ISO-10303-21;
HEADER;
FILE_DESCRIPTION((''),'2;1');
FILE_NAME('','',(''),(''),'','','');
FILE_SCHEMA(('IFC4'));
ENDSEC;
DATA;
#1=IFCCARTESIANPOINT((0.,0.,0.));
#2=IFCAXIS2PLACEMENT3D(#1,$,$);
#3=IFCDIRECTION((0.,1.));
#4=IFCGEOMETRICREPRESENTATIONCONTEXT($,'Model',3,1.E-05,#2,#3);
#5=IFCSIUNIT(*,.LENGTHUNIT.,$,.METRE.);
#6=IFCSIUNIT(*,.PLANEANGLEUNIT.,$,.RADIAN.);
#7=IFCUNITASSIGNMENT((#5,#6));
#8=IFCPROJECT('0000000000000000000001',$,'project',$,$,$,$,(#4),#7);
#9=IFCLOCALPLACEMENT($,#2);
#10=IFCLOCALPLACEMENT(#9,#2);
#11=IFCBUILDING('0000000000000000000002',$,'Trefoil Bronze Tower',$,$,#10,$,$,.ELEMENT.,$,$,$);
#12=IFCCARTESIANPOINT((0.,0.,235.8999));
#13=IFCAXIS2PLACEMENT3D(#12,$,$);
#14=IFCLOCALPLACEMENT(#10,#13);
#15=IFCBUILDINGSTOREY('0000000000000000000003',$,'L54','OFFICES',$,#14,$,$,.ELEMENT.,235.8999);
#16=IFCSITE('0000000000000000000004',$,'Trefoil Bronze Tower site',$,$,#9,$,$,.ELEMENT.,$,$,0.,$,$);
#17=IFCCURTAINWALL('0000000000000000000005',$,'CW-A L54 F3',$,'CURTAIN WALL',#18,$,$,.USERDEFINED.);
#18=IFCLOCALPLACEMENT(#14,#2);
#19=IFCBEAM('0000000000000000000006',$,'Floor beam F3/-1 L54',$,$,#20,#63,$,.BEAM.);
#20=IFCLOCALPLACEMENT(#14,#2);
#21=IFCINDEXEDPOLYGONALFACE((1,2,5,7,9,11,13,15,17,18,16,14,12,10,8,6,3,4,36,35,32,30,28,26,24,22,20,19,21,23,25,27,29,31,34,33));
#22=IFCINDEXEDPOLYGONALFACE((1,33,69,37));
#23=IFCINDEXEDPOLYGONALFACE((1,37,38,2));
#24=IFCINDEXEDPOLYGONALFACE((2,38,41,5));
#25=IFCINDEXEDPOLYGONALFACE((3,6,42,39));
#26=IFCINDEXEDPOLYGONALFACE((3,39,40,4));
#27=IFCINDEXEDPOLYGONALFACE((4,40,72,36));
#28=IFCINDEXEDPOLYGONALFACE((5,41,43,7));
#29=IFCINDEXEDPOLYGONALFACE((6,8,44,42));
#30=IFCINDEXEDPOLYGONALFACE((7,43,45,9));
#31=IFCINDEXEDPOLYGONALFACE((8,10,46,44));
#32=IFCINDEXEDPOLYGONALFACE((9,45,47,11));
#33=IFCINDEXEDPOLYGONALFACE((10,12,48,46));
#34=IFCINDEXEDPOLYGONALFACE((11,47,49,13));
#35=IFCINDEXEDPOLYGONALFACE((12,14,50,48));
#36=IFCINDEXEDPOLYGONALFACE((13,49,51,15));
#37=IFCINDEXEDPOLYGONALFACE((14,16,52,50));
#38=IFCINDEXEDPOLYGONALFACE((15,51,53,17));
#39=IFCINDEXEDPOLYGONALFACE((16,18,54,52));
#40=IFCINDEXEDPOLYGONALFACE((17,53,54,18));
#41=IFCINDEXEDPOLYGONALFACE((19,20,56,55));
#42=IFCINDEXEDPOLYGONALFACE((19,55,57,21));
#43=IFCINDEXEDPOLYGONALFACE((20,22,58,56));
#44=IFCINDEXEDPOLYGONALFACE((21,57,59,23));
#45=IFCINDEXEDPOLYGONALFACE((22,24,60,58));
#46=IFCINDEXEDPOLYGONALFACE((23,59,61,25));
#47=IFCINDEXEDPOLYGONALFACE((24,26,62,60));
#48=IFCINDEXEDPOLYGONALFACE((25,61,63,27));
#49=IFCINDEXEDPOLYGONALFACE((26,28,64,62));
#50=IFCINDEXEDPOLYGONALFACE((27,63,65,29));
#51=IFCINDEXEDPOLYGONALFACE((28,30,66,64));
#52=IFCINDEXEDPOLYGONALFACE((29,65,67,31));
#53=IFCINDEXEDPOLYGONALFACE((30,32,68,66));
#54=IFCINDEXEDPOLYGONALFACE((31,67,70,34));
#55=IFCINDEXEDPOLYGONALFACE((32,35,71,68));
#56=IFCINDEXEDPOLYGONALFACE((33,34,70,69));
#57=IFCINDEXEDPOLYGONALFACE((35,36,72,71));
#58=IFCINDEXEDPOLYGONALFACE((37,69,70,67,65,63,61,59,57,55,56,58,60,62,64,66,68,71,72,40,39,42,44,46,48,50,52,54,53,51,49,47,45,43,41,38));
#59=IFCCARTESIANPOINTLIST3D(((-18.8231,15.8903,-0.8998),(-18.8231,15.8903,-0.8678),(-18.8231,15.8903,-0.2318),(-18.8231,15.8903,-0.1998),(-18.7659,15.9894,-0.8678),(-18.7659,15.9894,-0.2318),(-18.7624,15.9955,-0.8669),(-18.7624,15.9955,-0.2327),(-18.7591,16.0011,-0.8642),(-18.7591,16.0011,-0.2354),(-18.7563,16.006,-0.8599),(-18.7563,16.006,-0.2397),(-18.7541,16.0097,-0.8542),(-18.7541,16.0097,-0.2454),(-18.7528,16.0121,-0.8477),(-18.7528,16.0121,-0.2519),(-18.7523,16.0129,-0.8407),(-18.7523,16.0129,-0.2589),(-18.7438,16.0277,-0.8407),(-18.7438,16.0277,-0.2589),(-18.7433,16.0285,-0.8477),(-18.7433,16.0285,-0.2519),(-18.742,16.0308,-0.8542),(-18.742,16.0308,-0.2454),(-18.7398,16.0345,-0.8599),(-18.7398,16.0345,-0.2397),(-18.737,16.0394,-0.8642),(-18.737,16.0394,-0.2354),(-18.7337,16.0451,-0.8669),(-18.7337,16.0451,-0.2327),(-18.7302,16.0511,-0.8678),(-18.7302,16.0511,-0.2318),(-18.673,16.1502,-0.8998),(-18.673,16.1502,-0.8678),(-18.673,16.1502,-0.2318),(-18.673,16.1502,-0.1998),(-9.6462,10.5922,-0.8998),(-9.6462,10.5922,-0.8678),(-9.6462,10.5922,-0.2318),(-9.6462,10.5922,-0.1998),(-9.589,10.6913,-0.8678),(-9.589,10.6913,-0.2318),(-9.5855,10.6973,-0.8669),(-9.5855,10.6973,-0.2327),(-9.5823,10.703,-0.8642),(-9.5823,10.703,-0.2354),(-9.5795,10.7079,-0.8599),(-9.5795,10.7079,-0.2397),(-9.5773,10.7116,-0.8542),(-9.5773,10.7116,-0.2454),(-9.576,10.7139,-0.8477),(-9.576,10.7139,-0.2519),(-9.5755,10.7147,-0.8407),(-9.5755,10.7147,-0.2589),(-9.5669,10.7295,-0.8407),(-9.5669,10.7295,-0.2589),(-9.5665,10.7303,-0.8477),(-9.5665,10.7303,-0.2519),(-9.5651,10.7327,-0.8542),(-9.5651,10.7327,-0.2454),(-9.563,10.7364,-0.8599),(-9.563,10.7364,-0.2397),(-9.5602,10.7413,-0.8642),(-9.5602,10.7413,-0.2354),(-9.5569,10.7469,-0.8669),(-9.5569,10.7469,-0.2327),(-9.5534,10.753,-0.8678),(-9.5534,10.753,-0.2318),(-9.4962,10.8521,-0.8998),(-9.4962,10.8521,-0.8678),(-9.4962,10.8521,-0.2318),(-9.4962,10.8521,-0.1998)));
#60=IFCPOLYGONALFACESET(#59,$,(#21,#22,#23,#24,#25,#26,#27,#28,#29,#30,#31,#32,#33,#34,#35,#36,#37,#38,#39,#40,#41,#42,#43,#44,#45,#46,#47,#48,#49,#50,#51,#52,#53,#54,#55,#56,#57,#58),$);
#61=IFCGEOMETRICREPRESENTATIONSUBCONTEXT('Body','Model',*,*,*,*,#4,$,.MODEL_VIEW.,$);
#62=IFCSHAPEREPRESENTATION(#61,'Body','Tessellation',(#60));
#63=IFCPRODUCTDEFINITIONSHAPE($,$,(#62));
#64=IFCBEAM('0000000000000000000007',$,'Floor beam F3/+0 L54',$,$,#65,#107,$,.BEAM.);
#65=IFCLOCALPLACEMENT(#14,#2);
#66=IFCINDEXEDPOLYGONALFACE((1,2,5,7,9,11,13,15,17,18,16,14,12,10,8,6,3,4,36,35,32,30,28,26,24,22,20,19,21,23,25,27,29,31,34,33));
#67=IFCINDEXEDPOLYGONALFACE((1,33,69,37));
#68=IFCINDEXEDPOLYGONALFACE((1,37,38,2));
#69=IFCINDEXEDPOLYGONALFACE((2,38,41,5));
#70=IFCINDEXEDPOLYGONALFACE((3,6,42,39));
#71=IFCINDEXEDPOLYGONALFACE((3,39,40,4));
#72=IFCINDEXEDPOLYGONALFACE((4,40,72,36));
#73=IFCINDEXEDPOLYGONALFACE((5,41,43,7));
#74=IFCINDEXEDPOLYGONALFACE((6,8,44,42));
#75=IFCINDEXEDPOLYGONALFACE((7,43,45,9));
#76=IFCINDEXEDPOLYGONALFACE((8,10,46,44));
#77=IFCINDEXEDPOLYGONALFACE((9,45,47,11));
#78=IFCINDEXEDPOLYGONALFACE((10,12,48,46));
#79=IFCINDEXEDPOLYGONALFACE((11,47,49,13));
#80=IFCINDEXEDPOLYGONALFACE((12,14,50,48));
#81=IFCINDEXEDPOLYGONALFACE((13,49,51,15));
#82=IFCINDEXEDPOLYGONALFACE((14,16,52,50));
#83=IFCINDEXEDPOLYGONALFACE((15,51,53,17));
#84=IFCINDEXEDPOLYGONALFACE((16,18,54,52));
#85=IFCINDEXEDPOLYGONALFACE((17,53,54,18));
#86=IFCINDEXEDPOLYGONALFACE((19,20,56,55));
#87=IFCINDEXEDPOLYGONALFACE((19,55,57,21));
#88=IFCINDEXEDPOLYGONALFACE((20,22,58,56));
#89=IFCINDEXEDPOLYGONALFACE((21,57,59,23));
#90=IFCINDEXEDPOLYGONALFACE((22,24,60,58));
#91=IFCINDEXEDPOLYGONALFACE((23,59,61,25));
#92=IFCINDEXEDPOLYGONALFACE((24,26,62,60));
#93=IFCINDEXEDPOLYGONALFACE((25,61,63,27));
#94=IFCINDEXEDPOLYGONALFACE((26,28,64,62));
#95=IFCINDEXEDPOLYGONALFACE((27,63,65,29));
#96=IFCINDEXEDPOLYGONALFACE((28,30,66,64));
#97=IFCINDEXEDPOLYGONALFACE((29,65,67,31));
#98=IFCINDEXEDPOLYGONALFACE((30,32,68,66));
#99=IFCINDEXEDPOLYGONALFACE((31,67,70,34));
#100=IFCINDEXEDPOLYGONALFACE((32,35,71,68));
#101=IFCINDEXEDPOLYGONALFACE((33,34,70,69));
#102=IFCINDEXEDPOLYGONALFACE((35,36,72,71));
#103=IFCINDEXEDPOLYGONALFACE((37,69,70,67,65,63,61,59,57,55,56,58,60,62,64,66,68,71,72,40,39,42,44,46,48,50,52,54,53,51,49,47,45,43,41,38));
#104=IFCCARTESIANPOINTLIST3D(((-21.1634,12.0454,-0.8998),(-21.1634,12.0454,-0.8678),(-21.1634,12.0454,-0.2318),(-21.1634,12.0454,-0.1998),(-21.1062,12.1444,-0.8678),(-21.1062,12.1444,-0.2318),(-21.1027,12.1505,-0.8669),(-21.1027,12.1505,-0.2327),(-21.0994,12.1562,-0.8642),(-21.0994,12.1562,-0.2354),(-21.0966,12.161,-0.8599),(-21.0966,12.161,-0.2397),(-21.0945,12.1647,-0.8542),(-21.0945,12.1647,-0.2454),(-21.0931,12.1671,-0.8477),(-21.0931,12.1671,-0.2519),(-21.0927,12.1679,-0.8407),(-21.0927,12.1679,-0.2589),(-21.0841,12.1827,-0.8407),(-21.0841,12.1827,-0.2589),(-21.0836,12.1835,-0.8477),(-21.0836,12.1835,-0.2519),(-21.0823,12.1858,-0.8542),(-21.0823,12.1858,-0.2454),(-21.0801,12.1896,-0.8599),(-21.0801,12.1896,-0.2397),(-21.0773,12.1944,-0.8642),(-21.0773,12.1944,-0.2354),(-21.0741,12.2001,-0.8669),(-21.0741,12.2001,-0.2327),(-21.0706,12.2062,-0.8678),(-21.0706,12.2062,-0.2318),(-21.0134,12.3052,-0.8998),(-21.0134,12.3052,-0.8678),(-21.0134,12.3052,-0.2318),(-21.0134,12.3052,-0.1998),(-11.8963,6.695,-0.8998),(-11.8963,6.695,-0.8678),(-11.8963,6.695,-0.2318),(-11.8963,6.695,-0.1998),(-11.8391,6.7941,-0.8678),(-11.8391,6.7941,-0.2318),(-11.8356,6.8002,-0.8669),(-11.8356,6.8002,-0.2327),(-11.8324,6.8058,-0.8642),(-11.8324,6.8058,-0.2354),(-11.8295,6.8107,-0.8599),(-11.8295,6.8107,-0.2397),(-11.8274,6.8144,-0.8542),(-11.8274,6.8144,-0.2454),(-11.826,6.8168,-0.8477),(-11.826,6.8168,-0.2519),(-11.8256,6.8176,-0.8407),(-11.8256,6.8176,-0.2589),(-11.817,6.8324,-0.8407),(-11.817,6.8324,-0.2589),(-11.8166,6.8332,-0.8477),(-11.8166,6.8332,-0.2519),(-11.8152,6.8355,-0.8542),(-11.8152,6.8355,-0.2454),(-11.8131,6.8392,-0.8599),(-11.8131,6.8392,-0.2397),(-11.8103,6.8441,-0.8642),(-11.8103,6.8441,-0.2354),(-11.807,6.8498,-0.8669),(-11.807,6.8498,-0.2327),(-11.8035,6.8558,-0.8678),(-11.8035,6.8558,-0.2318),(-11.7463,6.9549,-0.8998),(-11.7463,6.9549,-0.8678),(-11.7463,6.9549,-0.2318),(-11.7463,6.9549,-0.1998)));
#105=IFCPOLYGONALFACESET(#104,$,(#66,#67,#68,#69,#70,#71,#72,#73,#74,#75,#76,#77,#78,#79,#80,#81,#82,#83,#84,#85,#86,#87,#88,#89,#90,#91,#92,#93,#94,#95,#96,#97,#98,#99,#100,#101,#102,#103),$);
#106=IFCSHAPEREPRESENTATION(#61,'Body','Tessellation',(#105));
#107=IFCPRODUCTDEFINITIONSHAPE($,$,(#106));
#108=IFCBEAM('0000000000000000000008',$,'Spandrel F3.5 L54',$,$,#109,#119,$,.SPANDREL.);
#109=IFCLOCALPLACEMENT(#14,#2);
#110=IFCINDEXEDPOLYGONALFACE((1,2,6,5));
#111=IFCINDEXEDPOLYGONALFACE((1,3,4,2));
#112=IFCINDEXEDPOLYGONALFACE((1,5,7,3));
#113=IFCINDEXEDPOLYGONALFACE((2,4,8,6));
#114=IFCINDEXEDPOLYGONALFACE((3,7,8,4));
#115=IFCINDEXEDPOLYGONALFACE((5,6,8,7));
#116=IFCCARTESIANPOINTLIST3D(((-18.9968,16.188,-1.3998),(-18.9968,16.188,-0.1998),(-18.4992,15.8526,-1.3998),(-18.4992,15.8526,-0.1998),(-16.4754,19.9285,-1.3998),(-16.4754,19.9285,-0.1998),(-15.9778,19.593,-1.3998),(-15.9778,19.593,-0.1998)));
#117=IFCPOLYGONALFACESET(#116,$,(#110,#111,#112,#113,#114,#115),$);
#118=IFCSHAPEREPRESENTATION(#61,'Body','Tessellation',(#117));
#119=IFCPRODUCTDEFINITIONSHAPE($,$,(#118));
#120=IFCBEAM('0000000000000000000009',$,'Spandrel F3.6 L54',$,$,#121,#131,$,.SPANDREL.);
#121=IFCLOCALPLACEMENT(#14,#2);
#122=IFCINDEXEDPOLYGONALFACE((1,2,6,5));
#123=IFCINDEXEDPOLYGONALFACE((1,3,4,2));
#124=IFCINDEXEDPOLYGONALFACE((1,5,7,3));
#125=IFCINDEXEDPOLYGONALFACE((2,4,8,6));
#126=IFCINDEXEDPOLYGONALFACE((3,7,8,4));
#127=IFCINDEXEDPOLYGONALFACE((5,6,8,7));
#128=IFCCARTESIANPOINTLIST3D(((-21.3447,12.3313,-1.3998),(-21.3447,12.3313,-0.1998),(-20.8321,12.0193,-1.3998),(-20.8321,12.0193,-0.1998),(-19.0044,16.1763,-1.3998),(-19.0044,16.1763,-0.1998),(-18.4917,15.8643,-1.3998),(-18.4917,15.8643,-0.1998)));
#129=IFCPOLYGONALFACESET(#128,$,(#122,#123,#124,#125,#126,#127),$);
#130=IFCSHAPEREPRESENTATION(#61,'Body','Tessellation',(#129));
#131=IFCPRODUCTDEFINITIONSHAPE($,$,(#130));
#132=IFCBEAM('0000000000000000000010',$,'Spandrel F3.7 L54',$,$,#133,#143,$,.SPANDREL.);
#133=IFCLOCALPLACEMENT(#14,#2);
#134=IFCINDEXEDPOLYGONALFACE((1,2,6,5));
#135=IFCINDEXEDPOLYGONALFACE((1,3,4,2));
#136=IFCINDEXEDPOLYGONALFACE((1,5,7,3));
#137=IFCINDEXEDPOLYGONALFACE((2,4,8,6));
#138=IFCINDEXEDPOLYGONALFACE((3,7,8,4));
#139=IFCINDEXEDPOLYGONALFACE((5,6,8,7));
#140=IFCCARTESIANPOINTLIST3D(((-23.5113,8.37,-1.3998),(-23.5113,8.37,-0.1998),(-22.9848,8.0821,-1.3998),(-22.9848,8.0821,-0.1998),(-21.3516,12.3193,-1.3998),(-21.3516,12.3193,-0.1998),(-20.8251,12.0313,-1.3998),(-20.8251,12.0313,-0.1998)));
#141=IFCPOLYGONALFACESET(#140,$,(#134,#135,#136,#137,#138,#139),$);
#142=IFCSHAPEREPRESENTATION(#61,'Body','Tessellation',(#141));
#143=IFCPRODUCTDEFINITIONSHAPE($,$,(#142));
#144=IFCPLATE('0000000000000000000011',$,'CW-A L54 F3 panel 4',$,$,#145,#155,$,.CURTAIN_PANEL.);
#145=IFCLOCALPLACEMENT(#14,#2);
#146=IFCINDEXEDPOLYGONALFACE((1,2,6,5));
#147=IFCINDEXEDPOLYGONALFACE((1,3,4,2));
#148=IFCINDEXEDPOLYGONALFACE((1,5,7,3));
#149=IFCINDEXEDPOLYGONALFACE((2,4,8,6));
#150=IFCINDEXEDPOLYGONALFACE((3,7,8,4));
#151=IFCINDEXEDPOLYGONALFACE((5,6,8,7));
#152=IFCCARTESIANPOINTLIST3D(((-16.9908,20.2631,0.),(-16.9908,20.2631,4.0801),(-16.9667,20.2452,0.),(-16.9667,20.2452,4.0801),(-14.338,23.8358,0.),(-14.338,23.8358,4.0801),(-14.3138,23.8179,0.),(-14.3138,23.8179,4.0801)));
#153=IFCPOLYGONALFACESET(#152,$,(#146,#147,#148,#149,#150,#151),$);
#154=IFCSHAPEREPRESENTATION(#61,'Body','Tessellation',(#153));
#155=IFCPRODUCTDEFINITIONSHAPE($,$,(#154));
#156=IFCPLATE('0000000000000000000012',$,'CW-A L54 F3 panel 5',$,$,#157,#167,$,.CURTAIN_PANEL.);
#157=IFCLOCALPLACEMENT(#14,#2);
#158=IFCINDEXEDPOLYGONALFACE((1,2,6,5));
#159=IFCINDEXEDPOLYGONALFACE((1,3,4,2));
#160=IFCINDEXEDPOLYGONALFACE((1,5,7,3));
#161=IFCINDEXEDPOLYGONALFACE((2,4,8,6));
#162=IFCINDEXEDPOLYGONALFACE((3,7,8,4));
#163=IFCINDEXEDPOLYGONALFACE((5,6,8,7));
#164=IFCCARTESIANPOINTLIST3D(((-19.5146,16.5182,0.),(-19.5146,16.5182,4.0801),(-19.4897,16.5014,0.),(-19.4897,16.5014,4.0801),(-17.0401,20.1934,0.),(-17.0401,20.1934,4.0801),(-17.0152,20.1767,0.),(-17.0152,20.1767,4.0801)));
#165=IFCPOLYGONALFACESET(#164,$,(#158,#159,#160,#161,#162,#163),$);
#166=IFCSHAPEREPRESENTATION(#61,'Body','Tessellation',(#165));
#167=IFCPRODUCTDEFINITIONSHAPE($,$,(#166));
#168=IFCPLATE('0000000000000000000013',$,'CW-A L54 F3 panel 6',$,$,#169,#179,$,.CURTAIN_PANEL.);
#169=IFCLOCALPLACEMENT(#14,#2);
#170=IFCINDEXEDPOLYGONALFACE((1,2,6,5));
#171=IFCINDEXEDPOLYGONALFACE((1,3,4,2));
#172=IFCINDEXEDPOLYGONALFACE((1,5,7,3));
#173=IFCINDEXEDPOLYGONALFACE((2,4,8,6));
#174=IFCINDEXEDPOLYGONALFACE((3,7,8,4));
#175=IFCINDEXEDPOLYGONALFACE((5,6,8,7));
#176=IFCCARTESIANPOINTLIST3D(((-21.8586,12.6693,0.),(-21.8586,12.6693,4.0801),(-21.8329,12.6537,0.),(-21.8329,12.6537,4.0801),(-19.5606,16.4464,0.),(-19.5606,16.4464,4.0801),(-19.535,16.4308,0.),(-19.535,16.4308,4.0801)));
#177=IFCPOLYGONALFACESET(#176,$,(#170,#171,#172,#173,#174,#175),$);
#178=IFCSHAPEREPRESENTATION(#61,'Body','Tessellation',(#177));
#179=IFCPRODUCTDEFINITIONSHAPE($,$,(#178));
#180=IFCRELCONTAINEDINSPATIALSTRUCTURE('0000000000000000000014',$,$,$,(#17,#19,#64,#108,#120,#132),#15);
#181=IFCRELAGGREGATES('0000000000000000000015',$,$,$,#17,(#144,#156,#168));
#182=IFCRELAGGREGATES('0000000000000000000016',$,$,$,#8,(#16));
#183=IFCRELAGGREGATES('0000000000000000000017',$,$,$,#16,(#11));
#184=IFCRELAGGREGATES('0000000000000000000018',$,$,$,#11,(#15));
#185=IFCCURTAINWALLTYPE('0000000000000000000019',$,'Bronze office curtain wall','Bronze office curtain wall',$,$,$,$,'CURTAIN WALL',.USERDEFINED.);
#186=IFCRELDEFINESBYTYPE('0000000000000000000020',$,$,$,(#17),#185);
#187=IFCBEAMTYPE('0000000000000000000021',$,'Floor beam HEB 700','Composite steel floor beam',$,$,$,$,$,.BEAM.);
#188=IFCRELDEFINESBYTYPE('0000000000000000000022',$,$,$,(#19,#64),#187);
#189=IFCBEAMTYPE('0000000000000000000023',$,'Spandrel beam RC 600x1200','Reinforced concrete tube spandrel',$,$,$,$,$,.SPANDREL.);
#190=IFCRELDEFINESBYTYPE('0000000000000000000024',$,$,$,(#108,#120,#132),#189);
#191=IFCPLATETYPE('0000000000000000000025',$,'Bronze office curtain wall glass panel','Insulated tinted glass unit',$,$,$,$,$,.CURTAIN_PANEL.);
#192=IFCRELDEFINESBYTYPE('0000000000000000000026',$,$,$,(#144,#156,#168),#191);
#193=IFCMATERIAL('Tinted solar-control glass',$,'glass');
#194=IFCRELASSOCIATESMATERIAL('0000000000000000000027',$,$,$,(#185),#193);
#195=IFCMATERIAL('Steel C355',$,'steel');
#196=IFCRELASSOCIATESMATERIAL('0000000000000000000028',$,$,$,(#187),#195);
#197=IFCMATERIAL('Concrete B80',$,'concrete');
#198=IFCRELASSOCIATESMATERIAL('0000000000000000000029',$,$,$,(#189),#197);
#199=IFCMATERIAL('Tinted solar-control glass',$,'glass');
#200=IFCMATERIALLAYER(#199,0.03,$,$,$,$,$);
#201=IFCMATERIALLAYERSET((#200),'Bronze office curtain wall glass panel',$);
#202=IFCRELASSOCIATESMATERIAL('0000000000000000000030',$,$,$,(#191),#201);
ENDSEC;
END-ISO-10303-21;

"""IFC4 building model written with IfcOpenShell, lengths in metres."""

from ifc_helpers import new_model, si_unit, direction, frame, origin, origin_2d, place, context, subcontext, project, spatial, rectangle, i_section, extrude, material, layer, layer_set, material_profile, profile_set, type_object, element, aggregate, save


model = new_model("IFC4")

# Units and contexts
model_context = context("Model", 3, precision=1e-05, world=origin(), true_north=direction((0.0, 1.0)))
body_context = subcontext(model_context, "Body", "Model", "MODEL_VIEW")
ifc_project = project(units=[si_unit("LENGTHUNIT", "METRE"), si_unit("PLANEANGLEUNIT", "RADIAN")], contexts=[model_context])

# Site, building, storey
site_placement = place(None, origin())
site = spatial("IfcSite", under=ifc_project, at=site_placement, Name="Trefoil Bronze Tower site", CompositionType="ELEMENT", RefElevation=0.0)
building_placement = place(site_placement, origin())
building = spatial("IfcBuilding", under=site, at=building_placement, Name="Trefoil Bronze Tower", CompositionType="ELEMENT")
storey_placement = place(building_placement, frame((0.0, 0.0, 235.8999)))
storey = spatial("IfcBuildingStorey", under=building, at=storey_placement, Name="L54", Description="OFFICES", CompositionType="ELEMENT", Elevation=235.8999)

# Curtain wall
ifc_material_1 = material(Name="Tinted solar-control glass", Category="glass")
curtain_wall_type = type_object("IfcCurtainWallType", Name="Bronze office curtain wall", Description="Bronze office curtain wall", ElementType="CURTAIN WALL", PredefinedType="USERDEFINED", material=ifc_material_1)
curtain_wall_placement = place(storey_placement, origin())
curtain_wall = element("IfcCurtainWall", 1, at=curtain_wall_placement, inside=storey, type_object=curtain_wall_type, Name="CW-A L54 F3", ObjectType="CURTAIN WALL", PredefinedType="USERDEFINED")

# Beams
ifc_material_2 = material(Name="Steel C355", Category="steel")
ifc_material_profile_1 = material_profile(ifc_material_2, i_section(OverallWidth=0.3, OverallDepth=0.7, WebThickness=0.0171, FlangeThickness=0.032, FilletRadius=0.0271, at=origin_2d()), Name="HEB 700")
ifc_profile_set_1 = profile_set([ifc_material_profile_1], Name="Steel C355")
beam_type_1 = type_object("IfcBeamType", Name="Floor beam HEB 700", Description="Composite steel floor beam", PredefinedType="BEAM", material=ifc_profile_set_1)
beam_1_placement = place(storey_placement, frame((-18.748, 16.0203, -0.5498), z_axis=(0.86603, -0.499992, 0.0), x_axis=(0.499992, 0.86603, 0.0)))
element("IfcBeam", 2, at=beam_1_placement, inside=storey, type_object=beam_type_1, Name="Floor beam F3/-1 L54", PredefinedType="BEAM", context=body_context, shape_type="SweptSolid", body=[
    extrude(i_section(OverallWidth=0.3, OverallDepth=0.7, WebThickness=0.0171, FlangeThickness=0.032, FilletRadius=0.0271, at=origin_2d()), origin(), (0.0, 0.0, 1.0), 10.5964),
])
beam_2_placement = place(storey_placement, frame((-21.0884, 12.1753, -0.5498), z_axis=(0.866026, -0.499999, 0.0), x_axis=(0.499999, 0.866026, 0.0)))
element("IfcBeam", 3, at=beam_2_placement, inside=storey, type_object=beam_type_1, Name="Floor beam F3/+0 L54", PredefinedType="BEAM", context=body_context, shape_type="SweptSolid", body=[
    extrude(i_section(OverallWidth=0.3, OverallDepth=0.7, WebThickness=0.0171, FlangeThickness=0.032, FilletRadius=0.0271, at=origin_2d()), origin(), (0.0, 0.0, 1.0), 10.7007),
])
ifc_material_3 = material(Name="Concrete B80", Category="concrete")
ifc_material_profile_2 = material_profile(ifc_material_3, rectangle(XDim=0.6001, YDim=1.2, at=origin_2d()), Name="RC 600x1200")
ifc_profile_set_2 = profile_set([ifc_material_profile_2], Name="Concrete B80")
beam_type_2 = type_object("IfcBeamType", Name="Spandrel beam RC 600x1200", Description="Reinforced concrete tube spandrel", PredefinedType="SPANDREL", material=ifc_profile_set_2)
beam_3_placement = place(storey_placement, frame((-16.2266, 19.7607, -0.7998), z_axis=(-0.558964, -0.829192, 0.0), x_axis=(0.829192, -0.558964, 0.0)))
element("IfcBeam", 4, at=beam_3_placement, inside=storey, type_object=beam_type_2, Name="Spandrel F3.5 L54", PredefinedType="SPANDREL", context=body_context, shape_type="SweptSolid", body=[
    extrude(rectangle(XDim=0.6001, YDim=1.2, at=origin_2d()), origin(), (0.0, 0.0, 1.0), 4.511),
])
for number, where, z_axis, x_axis, name in (
    (5, (-18.748, 16.0203, -0.7998), (-0.519933, -0.854207, 0.0), (0.854207, -0.519933, 0.0), "Spandrel F3.6 L54"),
    (6, (-21.0884, 12.1753, -0.7998), (-0.479802, -0.877377, 0.0), (0.877377, -0.479802, 0.0), "Spandrel F3.7 L54"),
):
    element("IfcBeam", number, at=place(storey_placement, frame(where, z_axis=z_axis, x_axis=x_axis)), inside=storey, type_object=beam_type_2, Name=name, PredefinedType="SPANDREL", context=body_context, shape_type="SweptSolid", body=[
        extrude(rectangle(XDim=0.6001, YDim=1.2, at=origin_2d()), origin(), (0.0, 0.0, 1.0), 4.5012),
    ])

# Plates
ifc_material_4 = material(Name="Tinted solar-control glass", Category="glass")
ifc_layer_1 = layer(ifc_material_4, 0.03)
ifc_layer_set_1 = layer_set([ifc_layer_1], Name="Bronze office curtain wall glass panel")
plate_type = type_object("IfcPlateType", Name="Bronze office curtain wall glass panel", Description="Insulated tinted glass unit", PredefinedType="CURTAIN_PANEL", material=ifc_layer_set_1)
plate_1_placement = place(storey_placement, frame((-15.6523, 22.0405, 0.0), z_axis=(0.0, 0.0, 1.0), x_axis=(-0.596162, -0.802865, 0.0)))
plate_1 = element("IfcPlate", 7, at=plate_1_placement, type_object=plate_type, Name="CW-A L54 F3 panel 4", PredefinedType="CURTAIN_PANEL", context=body_context, shape_type="SweptSolid", body=[
    extrude(rectangle(XDim=4.45, YDim=0.03, at=origin_2d()), origin(), (0.0, 0.0, 1.0), 4.0801),
])
plate_2_placement = place(storey_placement, frame((-18.2649, 18.3474, 0.0), z_axis=(0.0, 0.0, 1.0), x_axis=(-0.558493, -0.829509, 0.0)))
plate_2 = element("IfcPlate", 8, at=plate_2_placement, type_object=plate_type, Name="CW-A L54 F3 panel 5", PredefinedType="CURTAIN_PANEL", context=body_context, shape_type="SweptSolid", body=[
    extrude(rectangle(XDim=4.4307, YDim=0.03, at=origin_2d()), origin(), (0.0, 0.0, 1.0), 4.0801),
])
plate_3_placement = place(storey_placement, frame((-20.6968, 14.55, 0.0), z_axis=(0.0, 0.0, 1.0), x_axis=(-0.519762, -0.854311, 0.0)))
plate_3 = element("IfcPlate", 9, at=plate_3_placement, type_object=plate_type, Name="CW-A L54 F3 panel 6", PredefinedType="CURTAIN_PANEL", context=body_context, shape_type="SweptSolid", body=[
    extrude(rectangle(XDim=4.4211, YDim=0.03, at=origin_2d()), origin(), (0.0, 0.0, 1.0), 4.0801),
])
aggregate(curtain_wall, [plate_1, plate_2, plate_3])

save(model, "model.ifc")
